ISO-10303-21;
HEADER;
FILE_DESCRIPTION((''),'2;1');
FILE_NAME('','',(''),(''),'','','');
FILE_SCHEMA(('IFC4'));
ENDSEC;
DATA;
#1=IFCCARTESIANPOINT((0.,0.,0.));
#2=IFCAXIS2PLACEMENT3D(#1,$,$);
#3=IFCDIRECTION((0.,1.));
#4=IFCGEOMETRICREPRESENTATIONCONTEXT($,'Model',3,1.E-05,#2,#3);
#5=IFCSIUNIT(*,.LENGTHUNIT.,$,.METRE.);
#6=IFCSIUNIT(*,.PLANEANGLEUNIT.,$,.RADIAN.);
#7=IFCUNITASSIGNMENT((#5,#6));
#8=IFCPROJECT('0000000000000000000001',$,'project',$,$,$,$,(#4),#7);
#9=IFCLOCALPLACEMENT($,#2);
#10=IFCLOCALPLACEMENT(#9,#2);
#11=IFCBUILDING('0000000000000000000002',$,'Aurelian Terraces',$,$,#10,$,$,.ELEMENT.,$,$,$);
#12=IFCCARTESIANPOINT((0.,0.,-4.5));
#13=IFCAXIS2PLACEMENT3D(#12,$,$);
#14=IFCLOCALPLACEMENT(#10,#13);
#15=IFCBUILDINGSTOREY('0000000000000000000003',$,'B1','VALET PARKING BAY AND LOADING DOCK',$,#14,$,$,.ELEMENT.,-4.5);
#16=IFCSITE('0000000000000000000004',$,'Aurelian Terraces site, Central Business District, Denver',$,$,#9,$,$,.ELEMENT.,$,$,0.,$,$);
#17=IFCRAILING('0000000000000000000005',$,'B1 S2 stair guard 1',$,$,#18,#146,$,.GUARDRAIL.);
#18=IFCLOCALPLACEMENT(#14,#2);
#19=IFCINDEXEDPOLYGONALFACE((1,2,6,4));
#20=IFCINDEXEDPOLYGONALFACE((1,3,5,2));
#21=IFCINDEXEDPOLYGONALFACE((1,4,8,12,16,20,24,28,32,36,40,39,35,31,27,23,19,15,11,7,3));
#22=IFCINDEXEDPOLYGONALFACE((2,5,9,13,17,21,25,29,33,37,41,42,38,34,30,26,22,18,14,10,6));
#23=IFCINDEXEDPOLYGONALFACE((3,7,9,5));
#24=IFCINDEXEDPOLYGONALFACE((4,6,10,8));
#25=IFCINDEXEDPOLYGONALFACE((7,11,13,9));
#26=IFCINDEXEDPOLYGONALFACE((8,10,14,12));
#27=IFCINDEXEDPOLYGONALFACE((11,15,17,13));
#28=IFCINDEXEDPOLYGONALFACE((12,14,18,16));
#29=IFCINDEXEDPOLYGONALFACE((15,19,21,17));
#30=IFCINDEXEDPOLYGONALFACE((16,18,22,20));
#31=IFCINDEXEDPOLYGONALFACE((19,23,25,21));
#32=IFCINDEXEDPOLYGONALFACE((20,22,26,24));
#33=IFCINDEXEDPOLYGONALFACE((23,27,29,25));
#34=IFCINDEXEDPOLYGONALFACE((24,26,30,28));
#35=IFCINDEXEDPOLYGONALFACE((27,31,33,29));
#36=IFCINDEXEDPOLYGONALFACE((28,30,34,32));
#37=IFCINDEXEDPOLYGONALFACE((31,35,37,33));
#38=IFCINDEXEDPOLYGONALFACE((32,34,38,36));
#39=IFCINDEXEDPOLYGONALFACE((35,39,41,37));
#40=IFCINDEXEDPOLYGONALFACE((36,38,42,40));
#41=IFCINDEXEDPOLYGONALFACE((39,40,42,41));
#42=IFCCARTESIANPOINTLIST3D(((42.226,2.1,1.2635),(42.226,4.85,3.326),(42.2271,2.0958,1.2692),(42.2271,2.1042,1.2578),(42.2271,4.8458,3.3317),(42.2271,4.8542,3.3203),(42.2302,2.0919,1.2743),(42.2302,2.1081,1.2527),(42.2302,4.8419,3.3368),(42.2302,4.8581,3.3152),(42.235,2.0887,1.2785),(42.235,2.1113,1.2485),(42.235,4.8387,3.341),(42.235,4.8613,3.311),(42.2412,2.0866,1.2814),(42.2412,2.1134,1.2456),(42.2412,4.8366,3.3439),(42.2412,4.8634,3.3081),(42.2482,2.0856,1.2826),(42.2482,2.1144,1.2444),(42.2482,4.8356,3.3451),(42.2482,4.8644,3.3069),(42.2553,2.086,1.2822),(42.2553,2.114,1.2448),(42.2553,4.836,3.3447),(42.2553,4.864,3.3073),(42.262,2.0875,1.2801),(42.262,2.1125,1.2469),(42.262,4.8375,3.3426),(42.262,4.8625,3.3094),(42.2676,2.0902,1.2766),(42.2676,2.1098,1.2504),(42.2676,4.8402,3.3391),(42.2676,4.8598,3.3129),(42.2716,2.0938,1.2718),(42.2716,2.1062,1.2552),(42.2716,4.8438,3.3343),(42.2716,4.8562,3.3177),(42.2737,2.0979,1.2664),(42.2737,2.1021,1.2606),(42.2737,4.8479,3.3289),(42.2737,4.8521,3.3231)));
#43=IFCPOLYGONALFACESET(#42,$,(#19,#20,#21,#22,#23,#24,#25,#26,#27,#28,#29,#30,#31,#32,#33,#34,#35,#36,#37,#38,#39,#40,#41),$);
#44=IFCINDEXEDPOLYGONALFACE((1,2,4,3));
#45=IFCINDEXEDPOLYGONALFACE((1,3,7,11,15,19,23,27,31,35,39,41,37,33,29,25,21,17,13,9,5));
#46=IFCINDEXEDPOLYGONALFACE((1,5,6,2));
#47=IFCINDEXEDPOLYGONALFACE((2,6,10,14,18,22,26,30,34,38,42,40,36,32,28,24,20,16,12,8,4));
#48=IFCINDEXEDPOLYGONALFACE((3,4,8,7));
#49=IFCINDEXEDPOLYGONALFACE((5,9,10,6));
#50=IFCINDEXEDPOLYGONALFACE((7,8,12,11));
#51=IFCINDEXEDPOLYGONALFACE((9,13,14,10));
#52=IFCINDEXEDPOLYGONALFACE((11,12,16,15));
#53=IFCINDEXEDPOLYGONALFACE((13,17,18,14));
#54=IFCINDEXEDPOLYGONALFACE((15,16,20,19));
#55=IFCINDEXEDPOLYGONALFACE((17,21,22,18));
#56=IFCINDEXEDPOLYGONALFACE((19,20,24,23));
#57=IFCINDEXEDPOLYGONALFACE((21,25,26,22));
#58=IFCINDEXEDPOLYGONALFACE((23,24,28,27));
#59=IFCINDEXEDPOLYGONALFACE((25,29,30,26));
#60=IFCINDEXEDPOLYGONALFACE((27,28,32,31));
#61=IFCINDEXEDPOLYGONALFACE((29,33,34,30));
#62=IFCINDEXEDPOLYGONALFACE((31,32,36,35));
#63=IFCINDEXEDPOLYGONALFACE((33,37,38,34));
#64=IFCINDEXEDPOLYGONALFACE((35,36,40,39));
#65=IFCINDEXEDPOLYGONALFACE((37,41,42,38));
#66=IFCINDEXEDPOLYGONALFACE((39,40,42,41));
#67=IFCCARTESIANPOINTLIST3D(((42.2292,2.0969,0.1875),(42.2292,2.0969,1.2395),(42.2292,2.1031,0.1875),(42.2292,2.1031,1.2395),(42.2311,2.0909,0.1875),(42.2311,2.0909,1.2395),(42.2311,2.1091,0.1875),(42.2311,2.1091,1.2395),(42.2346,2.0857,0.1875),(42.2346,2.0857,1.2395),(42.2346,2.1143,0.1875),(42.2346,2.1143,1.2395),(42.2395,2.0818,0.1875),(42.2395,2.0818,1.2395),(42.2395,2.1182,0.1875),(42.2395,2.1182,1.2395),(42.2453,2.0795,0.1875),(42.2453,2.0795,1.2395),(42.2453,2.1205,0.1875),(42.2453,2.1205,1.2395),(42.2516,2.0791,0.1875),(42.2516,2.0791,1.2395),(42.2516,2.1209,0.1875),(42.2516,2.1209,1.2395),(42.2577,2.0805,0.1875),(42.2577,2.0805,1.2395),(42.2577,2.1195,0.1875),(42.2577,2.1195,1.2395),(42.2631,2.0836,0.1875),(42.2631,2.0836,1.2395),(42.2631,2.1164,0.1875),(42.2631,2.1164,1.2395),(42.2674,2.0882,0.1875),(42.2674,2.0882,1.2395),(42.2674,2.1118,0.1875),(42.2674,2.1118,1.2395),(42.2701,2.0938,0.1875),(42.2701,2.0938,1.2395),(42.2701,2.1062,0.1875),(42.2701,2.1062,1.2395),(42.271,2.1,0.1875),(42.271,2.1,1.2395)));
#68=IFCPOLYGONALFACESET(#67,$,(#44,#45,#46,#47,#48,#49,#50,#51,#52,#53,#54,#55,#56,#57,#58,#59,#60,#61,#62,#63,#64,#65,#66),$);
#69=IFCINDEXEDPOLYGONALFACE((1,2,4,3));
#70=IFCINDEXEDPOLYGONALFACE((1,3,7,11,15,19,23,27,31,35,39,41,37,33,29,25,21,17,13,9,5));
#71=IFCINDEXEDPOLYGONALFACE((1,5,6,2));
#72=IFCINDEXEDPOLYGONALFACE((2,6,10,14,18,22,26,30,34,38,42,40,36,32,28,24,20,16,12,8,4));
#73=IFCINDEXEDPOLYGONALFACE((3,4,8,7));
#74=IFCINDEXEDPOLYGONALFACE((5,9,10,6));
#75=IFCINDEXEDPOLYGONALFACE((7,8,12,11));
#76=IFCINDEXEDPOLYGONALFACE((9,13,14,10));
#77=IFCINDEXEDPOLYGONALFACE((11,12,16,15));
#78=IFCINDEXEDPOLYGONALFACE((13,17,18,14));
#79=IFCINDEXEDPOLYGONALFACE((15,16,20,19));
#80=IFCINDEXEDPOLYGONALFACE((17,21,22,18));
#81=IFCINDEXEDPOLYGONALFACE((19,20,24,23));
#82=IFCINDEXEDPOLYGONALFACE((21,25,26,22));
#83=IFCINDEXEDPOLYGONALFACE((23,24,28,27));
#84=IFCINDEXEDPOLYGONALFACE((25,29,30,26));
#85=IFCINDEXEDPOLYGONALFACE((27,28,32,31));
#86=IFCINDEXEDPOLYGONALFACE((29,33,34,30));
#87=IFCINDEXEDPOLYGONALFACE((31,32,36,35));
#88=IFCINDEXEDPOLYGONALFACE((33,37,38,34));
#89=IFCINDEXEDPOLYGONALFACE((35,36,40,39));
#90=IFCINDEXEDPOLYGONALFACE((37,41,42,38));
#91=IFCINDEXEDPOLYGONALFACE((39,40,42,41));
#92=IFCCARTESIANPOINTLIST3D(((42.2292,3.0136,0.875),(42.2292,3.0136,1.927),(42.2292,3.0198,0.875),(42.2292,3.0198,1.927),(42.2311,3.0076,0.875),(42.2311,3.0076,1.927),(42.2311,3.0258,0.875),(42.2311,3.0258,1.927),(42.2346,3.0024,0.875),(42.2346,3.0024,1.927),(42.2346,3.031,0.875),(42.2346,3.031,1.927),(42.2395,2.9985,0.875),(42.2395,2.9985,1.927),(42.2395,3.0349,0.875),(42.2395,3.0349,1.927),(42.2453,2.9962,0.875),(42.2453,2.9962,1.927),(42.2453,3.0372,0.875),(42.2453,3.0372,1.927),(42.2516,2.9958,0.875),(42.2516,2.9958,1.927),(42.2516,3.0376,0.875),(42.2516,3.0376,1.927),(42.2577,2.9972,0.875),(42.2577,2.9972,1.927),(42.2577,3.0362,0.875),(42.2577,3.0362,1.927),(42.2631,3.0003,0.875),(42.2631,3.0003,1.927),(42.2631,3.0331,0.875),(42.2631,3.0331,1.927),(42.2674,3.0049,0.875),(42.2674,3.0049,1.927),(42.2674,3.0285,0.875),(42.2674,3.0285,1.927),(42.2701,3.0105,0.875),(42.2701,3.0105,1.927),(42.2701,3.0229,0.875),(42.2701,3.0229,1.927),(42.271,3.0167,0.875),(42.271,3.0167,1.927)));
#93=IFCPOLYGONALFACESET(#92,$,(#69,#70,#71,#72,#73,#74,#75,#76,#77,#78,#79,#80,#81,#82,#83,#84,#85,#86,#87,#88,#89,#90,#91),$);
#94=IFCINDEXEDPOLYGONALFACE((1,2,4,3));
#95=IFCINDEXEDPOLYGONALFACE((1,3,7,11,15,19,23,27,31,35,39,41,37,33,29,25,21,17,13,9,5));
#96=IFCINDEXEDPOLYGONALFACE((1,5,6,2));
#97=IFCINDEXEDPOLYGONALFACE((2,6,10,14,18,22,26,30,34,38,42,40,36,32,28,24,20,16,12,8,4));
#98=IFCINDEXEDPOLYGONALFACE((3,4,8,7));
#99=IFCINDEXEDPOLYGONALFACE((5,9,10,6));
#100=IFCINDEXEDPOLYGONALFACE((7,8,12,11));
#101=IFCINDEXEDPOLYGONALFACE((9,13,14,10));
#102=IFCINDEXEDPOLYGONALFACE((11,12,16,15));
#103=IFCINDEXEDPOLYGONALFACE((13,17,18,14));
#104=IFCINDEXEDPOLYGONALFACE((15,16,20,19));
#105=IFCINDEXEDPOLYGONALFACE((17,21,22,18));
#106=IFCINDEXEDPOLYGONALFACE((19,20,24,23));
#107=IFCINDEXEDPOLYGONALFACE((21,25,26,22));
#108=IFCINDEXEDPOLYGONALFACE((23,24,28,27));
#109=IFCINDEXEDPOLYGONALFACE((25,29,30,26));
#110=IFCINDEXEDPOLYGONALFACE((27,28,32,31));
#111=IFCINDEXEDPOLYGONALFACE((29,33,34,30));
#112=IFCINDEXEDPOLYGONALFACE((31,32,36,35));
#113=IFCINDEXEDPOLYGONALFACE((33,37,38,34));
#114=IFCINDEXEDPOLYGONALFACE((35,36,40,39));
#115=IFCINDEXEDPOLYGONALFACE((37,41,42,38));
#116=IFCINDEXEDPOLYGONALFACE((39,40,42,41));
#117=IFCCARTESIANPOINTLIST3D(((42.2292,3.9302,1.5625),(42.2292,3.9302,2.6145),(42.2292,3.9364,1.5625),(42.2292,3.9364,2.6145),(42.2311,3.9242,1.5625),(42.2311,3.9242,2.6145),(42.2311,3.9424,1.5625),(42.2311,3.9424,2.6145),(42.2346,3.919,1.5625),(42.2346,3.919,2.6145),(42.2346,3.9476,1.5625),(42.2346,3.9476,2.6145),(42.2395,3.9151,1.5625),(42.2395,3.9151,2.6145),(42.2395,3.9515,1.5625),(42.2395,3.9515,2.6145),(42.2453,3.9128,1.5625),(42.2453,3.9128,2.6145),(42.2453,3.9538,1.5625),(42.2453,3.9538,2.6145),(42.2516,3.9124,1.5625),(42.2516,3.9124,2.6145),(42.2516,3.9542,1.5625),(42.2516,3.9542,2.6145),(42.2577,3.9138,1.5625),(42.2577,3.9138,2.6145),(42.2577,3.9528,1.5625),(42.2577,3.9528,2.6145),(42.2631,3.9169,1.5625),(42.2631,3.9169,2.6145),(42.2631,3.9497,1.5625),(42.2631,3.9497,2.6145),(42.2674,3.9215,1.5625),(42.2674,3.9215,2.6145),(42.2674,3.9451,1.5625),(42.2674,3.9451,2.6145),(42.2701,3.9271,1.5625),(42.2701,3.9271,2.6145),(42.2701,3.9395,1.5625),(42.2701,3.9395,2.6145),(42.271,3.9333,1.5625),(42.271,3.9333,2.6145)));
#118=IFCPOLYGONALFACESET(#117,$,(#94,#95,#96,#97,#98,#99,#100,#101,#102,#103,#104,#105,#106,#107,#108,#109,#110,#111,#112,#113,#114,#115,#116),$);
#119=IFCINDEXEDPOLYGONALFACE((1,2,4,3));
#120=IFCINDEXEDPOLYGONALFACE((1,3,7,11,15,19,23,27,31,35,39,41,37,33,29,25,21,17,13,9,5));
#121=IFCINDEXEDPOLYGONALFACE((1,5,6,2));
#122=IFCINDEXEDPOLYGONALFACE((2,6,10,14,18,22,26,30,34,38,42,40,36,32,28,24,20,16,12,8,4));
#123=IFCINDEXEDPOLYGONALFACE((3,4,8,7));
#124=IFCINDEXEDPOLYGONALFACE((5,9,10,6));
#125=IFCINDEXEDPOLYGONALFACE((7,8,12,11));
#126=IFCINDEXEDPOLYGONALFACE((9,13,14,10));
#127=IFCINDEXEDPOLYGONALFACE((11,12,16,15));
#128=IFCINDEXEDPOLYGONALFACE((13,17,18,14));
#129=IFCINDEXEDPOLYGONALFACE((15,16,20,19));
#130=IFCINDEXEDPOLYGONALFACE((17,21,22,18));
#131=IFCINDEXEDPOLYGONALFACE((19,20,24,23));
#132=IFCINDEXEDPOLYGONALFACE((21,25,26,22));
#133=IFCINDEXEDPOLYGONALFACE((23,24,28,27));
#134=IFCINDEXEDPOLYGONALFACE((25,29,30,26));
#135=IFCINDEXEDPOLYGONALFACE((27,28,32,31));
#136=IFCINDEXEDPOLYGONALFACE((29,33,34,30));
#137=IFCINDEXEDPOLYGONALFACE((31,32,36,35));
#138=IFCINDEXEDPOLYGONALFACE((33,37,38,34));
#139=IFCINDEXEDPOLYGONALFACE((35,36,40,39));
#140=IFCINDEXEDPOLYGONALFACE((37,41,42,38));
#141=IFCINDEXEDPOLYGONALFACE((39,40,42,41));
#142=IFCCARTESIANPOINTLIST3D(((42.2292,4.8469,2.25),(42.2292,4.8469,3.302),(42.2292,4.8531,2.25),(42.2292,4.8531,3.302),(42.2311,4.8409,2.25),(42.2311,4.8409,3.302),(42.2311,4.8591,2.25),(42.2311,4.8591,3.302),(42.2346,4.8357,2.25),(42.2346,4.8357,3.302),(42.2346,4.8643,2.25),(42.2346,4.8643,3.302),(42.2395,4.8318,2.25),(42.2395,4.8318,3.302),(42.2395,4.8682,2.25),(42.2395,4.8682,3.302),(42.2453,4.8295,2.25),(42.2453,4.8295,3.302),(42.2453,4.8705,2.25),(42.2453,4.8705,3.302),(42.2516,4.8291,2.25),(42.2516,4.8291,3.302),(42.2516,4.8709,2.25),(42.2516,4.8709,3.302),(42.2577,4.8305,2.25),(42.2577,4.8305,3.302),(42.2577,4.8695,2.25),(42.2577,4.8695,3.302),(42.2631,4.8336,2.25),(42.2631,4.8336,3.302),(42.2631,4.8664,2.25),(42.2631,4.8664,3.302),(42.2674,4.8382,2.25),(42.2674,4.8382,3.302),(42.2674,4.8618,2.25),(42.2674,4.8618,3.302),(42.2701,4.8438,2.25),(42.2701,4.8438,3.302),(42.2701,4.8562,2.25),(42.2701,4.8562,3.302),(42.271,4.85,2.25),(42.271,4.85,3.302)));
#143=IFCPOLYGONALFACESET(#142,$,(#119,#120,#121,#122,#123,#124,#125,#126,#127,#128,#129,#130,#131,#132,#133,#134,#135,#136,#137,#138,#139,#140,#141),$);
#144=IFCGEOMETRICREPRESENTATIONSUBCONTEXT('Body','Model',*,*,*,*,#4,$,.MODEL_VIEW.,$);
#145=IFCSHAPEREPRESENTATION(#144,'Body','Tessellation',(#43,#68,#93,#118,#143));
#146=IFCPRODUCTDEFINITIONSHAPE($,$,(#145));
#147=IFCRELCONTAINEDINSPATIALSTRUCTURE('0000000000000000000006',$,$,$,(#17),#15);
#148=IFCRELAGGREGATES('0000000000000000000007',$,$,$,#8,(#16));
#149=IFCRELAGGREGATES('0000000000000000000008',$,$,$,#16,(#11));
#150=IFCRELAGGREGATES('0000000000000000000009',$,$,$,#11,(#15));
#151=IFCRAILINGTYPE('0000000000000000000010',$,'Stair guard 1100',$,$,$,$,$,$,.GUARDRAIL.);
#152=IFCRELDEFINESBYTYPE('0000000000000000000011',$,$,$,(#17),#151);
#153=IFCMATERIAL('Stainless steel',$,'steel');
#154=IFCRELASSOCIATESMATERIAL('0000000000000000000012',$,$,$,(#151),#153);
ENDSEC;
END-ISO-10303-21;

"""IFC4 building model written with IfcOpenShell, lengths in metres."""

from ifc_helpers import new_model, si_unit, direction, frame, origin, origin_2d, place, context, subcontext, project, spatial, circle, extrude, source, transform, mapped, material, type_object, element, save


model = new_model("IFC4")

# Units and contexts
model_context = context("Model", 3, precision=1e-05, world=origin(), true_north=direction((0.0, 1.0)))
body_context = subcontext(model_context, "Body", "Model", "MODEL_VIEW")
ifc_project = project(units=[si_unit("LENGTHUNIT", "METRE"), si_unit("PLANEANGLEUNIT", "RADIAN")], contexts=[model_context])

# Site, building, storey
site_placement = place(None, origin())
site = spatial("IfcSite", under=ifc_project, at=site_placement, Name="Aurelian Terraces site, Central Business District, Denver", CompositionType="ELEMENT", RefElevation=0.0)
building_placement = place(site_placement, origin())
building = spatial("IfcBuilding", under=site, at=building_placement, Name="Aurelian Terraces", CompositionType="ELEMENT")
storey_placement = place(building_placement, frame((0.0, 0.0, -4.5)))
storey = spatial("IfcBuildingStorey", under=building, at=storey_placement, Name="B1", Description="VALET PARKING BAY AND LOADING DOCK", CompositionType="ELEMENT", Elevation=-4.5)

# Railing
ifc_material_1 = material(Name="Stainless steel", Category="steel")
railing_type_1 = type_object("IfcRailingType", Name="Stair guard 1100", PredefinedType="GUARDRAIL", material=ifc_material_1)
shared_shape_1 = source(origin(), body_context, "Body", "SweptSolid", [
    extrude(circle(Radius=0.024, at=origin_2d()), frame((0.0, 0.0, 1.076), z_axis=(0.0, 0.8, 0.6), x_axis=(-1.0, 0.0, 0.0)), (0.0, 0.0, 1.0), 3.4375),
    extrude(circle(Radius=0.021, at=origin_2d()), origin(), (0.0, 0.0, 1.0), 1.052),
    extrude(circle(Radius=0.021, at=origin_2d()), frame((0.0, 0.9167, 0.6875)), (0.0, 0.0, 1.0), 1.052),
    extrude(circle(Radius=0.021, at=origin_2d()), frame((0.0, 1.8333, 1.375)), (0.0, 0.0, 1.0), 1.052),
    extrude(circle(Radius=0.021, at=origin_2d()), frame((0.0, 2.75, 2.0625)), (0.0, 0.0, 1.0), 1.052),
])
railing_1_placement = place(storey_placement, frame((42.25, 2.1, 0.1875)))
element("IfcRailing", 1, at=railing_1_placement, inside=storey, type_object=railing_type_1, Name="B1 S2 stair guard 1", PredefinedType="GUARDRAIL", context=body_context, shape_type="MappedRepresentation", body=[
    mapped(shared_shape_1, transform((0.0, 0.0, 0.0), scale=1.0)),
])

save(model, "model.ifc")
